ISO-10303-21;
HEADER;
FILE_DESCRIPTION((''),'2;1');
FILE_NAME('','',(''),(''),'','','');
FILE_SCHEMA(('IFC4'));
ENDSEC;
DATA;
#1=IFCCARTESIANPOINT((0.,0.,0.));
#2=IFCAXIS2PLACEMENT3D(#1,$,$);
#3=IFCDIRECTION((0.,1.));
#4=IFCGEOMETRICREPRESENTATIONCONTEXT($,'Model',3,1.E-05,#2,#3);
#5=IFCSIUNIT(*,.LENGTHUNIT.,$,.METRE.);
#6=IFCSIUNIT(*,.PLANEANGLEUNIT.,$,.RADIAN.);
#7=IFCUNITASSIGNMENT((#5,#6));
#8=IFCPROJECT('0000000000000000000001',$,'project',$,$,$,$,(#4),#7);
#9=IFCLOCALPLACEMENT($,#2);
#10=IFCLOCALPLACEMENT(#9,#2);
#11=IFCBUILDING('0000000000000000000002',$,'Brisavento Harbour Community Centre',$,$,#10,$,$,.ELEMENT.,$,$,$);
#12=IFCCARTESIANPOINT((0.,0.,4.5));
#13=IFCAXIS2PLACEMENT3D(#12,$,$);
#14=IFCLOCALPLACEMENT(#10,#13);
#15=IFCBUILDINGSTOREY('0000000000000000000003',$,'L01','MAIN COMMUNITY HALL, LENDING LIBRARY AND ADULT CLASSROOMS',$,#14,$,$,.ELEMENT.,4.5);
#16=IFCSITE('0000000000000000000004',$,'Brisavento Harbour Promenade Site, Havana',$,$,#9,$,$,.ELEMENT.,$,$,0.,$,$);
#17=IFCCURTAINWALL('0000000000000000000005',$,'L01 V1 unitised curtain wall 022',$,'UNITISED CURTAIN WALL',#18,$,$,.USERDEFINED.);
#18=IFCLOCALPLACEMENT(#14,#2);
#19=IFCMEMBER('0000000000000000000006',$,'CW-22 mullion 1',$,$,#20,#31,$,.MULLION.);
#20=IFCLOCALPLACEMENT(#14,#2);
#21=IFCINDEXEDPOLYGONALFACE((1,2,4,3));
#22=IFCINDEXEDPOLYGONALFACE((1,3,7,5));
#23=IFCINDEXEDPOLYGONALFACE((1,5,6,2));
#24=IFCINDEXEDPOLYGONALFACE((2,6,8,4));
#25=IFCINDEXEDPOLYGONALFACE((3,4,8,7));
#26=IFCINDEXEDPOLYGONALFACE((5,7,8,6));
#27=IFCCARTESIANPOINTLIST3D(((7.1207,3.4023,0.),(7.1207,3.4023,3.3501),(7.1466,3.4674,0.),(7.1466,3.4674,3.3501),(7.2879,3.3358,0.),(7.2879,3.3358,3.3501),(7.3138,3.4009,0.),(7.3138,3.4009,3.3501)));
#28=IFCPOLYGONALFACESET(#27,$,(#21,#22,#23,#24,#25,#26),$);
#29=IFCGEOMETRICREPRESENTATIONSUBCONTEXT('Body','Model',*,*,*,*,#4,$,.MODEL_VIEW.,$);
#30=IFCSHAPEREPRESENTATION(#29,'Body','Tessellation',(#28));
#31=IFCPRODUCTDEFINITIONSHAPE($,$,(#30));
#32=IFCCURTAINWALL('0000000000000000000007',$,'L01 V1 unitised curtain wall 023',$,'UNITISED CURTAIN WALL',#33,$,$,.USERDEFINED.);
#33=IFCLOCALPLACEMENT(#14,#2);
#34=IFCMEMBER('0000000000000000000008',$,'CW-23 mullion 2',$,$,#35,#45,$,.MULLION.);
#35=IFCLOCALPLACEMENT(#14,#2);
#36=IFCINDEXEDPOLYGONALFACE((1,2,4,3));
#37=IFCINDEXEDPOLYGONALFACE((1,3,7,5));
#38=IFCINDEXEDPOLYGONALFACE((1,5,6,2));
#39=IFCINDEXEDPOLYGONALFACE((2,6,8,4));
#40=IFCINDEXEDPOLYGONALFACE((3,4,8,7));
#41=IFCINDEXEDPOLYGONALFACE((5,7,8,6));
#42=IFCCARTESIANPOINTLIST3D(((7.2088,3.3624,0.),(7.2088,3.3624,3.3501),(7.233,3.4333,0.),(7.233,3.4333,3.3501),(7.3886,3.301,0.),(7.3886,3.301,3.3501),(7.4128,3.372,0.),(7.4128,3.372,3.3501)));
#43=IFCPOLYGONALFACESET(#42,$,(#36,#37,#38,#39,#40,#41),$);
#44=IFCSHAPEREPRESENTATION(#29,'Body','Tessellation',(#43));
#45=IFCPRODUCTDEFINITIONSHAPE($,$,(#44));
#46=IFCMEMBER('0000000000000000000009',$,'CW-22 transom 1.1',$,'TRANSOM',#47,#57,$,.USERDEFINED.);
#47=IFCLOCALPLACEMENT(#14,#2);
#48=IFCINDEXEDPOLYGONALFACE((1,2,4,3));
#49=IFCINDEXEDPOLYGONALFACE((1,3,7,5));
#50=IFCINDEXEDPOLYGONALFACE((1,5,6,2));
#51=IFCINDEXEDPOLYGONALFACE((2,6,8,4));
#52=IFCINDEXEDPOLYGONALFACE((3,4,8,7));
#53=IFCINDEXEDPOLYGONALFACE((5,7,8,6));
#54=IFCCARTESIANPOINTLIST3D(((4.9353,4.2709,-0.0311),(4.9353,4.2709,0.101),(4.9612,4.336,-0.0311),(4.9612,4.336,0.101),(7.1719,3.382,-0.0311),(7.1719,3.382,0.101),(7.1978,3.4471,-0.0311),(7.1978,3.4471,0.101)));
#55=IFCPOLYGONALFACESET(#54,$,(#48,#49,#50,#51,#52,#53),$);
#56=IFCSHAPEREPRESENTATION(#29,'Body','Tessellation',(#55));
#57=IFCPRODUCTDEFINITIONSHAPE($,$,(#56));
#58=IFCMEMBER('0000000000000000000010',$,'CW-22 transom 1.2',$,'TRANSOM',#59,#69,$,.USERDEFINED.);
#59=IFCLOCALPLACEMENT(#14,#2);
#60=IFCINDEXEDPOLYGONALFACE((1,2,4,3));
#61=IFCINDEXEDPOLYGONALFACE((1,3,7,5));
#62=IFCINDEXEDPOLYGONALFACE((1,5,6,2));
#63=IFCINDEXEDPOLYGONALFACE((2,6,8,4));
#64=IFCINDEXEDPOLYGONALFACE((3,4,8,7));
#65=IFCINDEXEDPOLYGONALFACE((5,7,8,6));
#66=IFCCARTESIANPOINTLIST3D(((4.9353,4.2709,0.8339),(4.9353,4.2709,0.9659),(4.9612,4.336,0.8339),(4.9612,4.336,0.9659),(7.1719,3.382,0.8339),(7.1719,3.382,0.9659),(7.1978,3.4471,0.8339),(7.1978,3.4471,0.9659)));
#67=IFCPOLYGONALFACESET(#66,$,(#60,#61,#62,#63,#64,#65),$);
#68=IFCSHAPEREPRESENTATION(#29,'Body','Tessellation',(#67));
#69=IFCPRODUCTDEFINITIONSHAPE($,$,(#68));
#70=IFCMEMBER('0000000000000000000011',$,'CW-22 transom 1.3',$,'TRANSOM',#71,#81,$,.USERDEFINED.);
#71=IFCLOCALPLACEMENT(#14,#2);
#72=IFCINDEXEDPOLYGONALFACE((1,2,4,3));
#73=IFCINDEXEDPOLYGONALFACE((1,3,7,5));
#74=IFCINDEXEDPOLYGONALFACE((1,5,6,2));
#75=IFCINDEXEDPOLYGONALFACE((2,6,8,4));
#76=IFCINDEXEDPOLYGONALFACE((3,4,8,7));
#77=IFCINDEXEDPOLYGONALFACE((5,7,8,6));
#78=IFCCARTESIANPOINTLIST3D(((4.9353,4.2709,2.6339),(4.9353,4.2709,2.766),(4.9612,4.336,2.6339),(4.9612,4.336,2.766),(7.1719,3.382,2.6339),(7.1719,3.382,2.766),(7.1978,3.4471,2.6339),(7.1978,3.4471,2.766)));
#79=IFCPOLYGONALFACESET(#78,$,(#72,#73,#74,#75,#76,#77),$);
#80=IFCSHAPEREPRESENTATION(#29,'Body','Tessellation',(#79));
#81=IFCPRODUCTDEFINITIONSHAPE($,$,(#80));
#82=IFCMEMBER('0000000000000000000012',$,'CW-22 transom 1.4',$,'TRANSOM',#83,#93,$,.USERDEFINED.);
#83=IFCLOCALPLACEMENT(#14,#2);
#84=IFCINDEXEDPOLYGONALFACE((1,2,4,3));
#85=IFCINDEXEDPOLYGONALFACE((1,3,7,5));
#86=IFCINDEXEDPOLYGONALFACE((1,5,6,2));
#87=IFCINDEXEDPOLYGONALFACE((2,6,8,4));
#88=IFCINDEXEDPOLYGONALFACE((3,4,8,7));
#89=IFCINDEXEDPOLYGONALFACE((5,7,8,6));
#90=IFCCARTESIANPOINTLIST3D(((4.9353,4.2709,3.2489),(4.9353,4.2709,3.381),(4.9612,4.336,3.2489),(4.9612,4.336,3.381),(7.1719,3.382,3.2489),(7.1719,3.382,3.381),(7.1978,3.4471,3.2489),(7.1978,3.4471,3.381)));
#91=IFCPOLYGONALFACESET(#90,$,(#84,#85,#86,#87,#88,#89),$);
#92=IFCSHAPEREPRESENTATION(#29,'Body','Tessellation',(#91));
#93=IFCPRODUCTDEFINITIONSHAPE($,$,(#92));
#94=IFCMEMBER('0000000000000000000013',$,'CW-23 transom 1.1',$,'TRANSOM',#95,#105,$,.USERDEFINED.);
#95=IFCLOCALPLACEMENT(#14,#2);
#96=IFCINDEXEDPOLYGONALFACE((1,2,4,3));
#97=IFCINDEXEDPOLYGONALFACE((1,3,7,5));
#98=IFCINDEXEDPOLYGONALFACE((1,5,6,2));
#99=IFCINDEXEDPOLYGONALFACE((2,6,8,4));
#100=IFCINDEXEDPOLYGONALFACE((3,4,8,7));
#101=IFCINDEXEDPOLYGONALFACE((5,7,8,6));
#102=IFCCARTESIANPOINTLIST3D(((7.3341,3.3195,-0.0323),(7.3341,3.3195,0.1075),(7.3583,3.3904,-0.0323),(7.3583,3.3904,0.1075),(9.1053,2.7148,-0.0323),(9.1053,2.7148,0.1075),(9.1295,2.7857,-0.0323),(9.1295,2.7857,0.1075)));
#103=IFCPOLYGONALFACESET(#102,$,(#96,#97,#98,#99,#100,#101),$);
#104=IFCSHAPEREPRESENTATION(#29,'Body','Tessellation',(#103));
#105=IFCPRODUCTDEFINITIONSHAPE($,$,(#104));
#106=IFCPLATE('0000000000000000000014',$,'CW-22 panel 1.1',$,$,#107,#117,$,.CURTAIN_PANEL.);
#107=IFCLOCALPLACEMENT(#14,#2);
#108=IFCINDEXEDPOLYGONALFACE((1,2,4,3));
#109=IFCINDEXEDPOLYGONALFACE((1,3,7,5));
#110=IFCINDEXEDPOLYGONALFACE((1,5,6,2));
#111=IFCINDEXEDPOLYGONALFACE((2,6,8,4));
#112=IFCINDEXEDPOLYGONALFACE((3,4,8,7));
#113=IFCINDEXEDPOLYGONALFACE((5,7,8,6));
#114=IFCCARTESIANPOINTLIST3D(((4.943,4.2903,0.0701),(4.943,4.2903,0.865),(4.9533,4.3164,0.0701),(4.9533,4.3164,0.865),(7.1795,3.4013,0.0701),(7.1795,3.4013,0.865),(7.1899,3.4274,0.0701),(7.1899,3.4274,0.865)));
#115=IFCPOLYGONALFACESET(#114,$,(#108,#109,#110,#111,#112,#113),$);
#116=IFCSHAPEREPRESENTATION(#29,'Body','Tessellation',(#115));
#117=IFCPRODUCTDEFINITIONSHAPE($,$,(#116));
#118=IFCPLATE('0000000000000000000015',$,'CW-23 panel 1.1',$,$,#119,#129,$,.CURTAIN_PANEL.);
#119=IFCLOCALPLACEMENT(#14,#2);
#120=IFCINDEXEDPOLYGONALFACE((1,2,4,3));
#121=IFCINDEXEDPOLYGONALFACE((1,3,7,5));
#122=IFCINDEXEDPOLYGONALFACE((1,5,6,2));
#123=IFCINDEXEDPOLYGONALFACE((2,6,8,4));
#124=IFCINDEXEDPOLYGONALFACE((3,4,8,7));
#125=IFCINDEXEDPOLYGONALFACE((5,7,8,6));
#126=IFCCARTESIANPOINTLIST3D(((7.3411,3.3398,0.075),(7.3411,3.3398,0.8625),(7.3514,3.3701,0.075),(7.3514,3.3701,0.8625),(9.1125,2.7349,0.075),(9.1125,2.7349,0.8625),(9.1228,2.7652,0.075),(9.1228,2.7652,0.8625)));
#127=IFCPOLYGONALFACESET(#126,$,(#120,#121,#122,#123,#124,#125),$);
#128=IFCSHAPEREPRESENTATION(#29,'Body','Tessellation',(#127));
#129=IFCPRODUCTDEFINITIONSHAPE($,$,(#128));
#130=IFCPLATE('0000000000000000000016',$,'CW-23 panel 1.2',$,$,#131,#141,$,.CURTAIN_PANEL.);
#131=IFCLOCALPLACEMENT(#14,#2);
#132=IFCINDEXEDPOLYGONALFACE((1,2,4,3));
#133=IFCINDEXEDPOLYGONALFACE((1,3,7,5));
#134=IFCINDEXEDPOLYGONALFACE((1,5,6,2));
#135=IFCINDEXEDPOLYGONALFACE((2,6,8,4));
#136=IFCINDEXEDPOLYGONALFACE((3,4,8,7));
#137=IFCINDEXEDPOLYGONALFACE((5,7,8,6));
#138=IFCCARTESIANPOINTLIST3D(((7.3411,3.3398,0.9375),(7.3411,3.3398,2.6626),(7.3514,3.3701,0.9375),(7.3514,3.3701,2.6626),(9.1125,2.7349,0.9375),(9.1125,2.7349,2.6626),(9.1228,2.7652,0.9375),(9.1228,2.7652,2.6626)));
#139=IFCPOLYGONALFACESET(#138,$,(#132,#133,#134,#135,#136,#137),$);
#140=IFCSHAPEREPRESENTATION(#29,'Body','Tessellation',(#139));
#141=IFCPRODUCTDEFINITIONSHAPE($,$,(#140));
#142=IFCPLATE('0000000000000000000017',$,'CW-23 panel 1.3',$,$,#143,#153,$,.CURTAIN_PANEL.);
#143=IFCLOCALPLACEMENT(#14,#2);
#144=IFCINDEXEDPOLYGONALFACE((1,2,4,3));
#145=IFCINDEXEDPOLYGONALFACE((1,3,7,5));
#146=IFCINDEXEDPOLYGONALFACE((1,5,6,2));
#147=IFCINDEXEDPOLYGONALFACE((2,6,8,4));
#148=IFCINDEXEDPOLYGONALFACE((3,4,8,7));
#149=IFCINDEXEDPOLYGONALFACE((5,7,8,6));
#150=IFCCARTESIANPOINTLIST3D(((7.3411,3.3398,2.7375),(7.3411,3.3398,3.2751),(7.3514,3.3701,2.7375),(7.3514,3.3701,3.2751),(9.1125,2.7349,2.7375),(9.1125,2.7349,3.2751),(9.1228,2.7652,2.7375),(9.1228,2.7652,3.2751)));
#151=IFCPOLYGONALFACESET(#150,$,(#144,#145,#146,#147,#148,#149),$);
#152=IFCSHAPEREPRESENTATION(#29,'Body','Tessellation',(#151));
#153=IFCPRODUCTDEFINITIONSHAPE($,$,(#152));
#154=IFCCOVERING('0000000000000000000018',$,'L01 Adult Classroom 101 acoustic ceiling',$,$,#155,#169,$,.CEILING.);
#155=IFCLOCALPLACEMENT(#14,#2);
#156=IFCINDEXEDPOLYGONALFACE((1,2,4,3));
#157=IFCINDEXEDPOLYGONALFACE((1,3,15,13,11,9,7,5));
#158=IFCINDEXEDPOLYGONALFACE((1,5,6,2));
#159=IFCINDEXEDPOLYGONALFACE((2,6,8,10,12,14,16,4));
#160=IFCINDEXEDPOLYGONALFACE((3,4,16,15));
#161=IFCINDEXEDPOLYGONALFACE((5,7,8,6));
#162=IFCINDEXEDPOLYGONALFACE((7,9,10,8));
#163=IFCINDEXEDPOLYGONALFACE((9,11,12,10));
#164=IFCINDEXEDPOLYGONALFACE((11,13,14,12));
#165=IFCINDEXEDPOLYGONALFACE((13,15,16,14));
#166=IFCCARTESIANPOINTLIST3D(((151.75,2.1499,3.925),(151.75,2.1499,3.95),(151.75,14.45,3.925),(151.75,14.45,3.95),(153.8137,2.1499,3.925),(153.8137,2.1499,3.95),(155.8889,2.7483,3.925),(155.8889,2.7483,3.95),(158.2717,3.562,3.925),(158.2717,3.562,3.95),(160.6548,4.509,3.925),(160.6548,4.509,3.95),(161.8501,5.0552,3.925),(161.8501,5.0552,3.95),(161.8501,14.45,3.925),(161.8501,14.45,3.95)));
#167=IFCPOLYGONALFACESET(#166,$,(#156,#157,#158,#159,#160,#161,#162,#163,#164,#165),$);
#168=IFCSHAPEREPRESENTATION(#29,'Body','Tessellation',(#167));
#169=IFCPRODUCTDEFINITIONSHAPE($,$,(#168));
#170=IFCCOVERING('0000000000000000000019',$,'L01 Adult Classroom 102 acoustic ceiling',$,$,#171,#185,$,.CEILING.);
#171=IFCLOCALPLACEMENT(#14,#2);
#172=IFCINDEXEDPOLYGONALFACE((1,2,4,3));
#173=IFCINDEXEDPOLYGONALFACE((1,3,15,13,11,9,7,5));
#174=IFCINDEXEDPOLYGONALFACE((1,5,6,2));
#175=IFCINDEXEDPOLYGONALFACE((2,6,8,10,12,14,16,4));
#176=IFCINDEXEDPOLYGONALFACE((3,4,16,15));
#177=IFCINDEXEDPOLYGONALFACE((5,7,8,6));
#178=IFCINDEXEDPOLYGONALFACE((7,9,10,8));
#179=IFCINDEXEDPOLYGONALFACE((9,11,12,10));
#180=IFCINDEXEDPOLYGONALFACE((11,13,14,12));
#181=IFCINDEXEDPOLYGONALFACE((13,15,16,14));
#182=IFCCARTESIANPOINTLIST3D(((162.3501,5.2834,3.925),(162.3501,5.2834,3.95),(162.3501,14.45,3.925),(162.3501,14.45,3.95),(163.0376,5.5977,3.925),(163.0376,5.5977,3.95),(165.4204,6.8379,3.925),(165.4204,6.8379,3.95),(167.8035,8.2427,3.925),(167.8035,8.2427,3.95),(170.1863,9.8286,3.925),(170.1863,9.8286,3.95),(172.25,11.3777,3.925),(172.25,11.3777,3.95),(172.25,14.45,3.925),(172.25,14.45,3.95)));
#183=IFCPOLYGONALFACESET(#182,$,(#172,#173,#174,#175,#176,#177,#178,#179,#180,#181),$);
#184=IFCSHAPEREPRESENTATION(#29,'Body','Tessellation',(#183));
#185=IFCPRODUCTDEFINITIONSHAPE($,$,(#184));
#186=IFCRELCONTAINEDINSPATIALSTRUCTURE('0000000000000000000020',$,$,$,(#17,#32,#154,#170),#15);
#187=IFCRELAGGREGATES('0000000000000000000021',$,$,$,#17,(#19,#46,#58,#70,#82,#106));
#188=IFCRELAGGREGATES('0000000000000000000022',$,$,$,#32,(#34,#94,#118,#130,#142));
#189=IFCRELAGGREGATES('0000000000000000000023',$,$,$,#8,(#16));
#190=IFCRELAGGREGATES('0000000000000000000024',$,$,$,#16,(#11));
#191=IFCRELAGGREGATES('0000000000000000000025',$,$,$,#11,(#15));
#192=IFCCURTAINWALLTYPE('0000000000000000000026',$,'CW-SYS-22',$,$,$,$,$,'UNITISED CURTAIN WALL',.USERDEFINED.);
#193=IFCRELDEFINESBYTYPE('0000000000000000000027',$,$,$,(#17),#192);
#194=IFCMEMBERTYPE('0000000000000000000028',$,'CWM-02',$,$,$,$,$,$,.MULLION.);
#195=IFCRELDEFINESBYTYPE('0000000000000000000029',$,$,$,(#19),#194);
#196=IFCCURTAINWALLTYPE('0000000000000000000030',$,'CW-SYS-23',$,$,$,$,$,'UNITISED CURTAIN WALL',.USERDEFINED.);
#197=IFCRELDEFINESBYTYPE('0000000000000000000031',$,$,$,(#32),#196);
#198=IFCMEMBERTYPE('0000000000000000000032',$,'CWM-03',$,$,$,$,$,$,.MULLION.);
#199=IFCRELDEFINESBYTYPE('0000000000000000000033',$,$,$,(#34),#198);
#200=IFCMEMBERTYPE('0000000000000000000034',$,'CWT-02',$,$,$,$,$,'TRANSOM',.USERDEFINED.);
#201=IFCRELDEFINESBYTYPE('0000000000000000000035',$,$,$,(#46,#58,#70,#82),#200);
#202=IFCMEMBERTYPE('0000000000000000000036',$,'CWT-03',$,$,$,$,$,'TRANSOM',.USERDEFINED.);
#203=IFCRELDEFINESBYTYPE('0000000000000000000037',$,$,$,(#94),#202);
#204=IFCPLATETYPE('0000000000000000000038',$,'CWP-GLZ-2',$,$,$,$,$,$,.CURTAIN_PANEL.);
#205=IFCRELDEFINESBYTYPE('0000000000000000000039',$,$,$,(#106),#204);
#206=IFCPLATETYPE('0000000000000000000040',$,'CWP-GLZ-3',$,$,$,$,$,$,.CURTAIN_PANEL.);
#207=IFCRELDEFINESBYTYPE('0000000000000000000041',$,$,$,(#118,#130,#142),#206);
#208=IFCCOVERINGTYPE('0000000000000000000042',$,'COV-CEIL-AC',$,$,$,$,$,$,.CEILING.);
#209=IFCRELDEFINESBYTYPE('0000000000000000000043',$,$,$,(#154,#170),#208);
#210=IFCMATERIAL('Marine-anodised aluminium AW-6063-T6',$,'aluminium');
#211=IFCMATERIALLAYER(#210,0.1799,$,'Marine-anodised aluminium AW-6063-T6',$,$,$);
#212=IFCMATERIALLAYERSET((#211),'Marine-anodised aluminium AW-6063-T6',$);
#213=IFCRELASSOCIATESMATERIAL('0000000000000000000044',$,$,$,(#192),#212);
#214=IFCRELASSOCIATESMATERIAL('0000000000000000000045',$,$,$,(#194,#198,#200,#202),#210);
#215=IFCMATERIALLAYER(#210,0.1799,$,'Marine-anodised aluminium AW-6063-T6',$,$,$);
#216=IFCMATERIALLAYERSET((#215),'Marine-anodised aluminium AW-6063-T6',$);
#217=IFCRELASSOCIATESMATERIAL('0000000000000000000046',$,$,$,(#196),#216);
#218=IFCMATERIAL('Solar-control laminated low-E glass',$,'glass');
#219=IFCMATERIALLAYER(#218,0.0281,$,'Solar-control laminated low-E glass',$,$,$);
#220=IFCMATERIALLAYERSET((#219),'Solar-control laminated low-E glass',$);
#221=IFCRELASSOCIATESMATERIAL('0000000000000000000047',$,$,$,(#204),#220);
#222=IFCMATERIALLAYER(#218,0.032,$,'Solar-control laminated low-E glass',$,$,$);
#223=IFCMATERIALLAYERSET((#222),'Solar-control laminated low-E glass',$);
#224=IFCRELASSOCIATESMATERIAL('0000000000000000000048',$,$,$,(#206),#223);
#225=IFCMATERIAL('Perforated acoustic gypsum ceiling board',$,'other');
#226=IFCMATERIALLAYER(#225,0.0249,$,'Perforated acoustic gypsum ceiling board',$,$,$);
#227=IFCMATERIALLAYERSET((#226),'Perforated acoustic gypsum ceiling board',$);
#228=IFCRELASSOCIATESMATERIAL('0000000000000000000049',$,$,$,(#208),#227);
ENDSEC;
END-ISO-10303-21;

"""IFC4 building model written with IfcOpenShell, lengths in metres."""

from ifc_helpers import new_model, si_unit, direction, frame, origin, origin_2d, place, context, subcontext, project, spatial, polyline, rectangle, outline, extrude, material, layer, layer_set, material_profile, profile_set, type_object, element, aggregate, save


model = new_model("IFC4")

# Units and contexts
model_context = context("Model", 3, precision=1e-05, world=origin(), true_north=direction((0.0, 1.0)))
body_context = subcontext(model_context, "Body", "Model", "MODEL_VIEW")
ifc_project = project(units=[si_unit("LENGTHUNIT", "METRE"), si_unit("PLANEANGLEUNIT", "RADIAN")], contexts=[model_context])

# Site, building, storey
site_placement = place(None, origin())
site = spatial("IfcSite", under=ifc_project, at=site_placement, Name="Brisavento Harbour Promenade Site, Havana", CompositionType="ELEMENT", RefElevation=0.0)
building_placement = place(site_placement, origin())
building = spatial("IfcBuilding", under=site, at=building_placement, Name="Brisavento Harbour Community Centre", CompositionType="ELEMENT")
storey_placement = place(building_placement, frame((0.0, 0.0, 4.5)))
storey = spatial("IfcBuildingStorey", under=building, at=storey_placement, Name="L01", Description="MAIN COMMUNITY HALL, LENDING LIBRARY AND ADULT CLASSROOMS", CompositionType="ELEMENT", Elevation=4.5)

# Curtain walls, members
ifc_material_1 = material(Name="Marine-anodised aluminium AW-6063-T6", Category="aluminium")
ifc_layer_1 = layer(ifc_material_1, 0.1799, Name="Marine-anodised aluminium AW-6063-T6")
ifc_layer_set_1 = layer_set([ifc_layer_1], Name="Marine-anodised aluminium AW-6063-T6")
curtain_wall_type_1 = type_object("IfcCurtainWallType", Name="CW-SYS-22", ElementType="UNITISED CURTAIN WALL", PredefinedType="USERDEFINED", material=ifc_layer_set_1)
curtain_wall_1_placement = place(storey_placement, origin())
curtain_wall_1 = element("IfcCurtainWall", 1, at=curtain_wall_1_placement, inside=storey, type_object=curtain_wall_type_1, Name="L01 V1 unitised curtain wall 022", ObjectType="UNITISED CURTAIN WALL", PredefinedType="USERDEFINED")
ifc_material_profile_1 = material_profile(ifc_material_1, rectangle(XDim=0.0701, YDim=0.1799, at=origin_2d()), Name="Marine-anodised aluminium AW-6063-T6")
ifc_profile_set_1 = profile_set([ifc_material_profile_1], Name="Marine-anodised aluminium AW-6063-T6")
member_type_1 = type_object("IfcMemberType", Name="CWM-02", PredefinedType="MULLION", material=ifc_profile_set_1)
member_1_placement = place(storey_placement, frame((7.2173, 3.4016, 0.0), z_axis=(0.0, 0.0, 1.0), x_axis=(-0.369379, -0.929279, 0.0)))
member_1 = element("IfcMember", 2, at=member_1_placement, type_object=member_type_1, Name="CW-22 mullion 1", PredefinedType="MULLION", context=body_context, shape_type="SweptSolid", body=[
    extrude(rectangle(XDim=0.0701, YDim=0.1799, at=origin_2d()), origin(), (0.0, 0.0, 1.0), 3.3501),
])
ifc_layer_2 = layer(ifc_material_1, 0.1799, Name="Marine-anodised aluminium AW-6063-T6")
ifc_layer_set_2 = layer_set([ifc_layer_2], Name="Marine-anodised aluminium AW-6063-T6")
curtain_wall_type_2 = type_object("IfcCurtainWallType", Name="CW-SYS-23", ElementType="UNITISED CURTAIN WALL", PredefinedType="USERDEFINED", material=ifc_layer_set_2)
curtain_wall_2_placement = place(storey_placement, origin())
curtain_wall_2 = element("IfcCurtainWall", 3, at=curtain_wall_2_placement, inside=storey, type_object=curtain_wall_type_2, Name="L01 V1 unitised curtain wall 023", ObjectType="UNITISED CURTAIN WALL", PredefinedType="USERDEFINED")
ifc_material_profile_2 = material_profile(ifc_material_1, rectangle(XDim=0.075, YDim=0.1899, at=origin_2d()), Name="Marine-anodised aluminium AW-6063-T6")
ifc_profile_set_2 = profile_set([ifc_material_profile_2], Name="Marine-anodised aluminium AW-6063-T6")
member_type_2 = type_object("IfcMemberType", Name="CWM-03", PredefinedType="MULLION", material=ifc_profile_set_2)
member_2_placement = place(storey_placement, frame((7.3108, 3.3672, 0.0), z_axis=(0.0, 0.0, 1.0), x_axis=(-0.323178, -0.946338, 0.0)))
member_2 = element("IfcMember", 4, at=member_2_placement, type_object=member_type_2, Name="CW-23 mullion 2", PredefinedType="MULLION", context=body_context, shape_type="SweptSolid", body=[
    extrude(rectangle(XDim=0.075, YDim=0.1899, at=origin_2d()), origin(), (0.0, 0.0, 1.0), 3.3501),
])

# Members
ifc_material_profile_3 = material_profile(ifc_material_1, rectangle(XDim=0.0701, YDim=0.1321, at=origin_2d()), Name="Marine-anodised aluminium AW-6063-T6")
ifc_profile_set_3 = profile_set([ifc_material_profile_3], Name="Marine-anodised aluminium AW-6063-T6")
member_type_3 = type_object("IfcMemberType", Name="CWT-02", ElementType="TRANSOM", PredefinedType="USERDEFINED", material=ifc_profile_set_3)
member_3_placement = place(storey_placement, frame((7.1848, 3.4146, 0.0349), z_axis=(-0.929293, 0.369343, 0.0), x_axis=(-0.369343, -0.929293, 0.0)))
member_3 = element("IfcMember", 5, at=member_3_placement, type_object=member_type_3, Name="CW-22 transom 1.1", ObjectType="TRANSOM", PredefinedType="USERDEFINED", context=body_context, shape_type="SweptSolid", body=[
    extrude(rectangle(XDim=0.0701, YDim=0.1321, at=origin_2d()), origin(), (0.0, 0.0, 1.0), 2.4067),
])
member_4_placement = place(storey_placement, frame((7.1848, 3.4146, 0.8999), z_axis=(-0.929293, 0.369343, 0.0), x_axis=(-0.369343, -0.929293, 0.0)))
member_4 = element("IfcMember", 6, at=member_4_placement, type_object=member_type_3, Name="CW-22 transom 1.2", ObjectType="TRANSOM", PredefinedType="USERDEFINED", context=body_context, shape_type="SweptSolid", body=[
    extrude(rectangle(XDim=0.0701, YDim=0.1321, at=origin_2d()), origin(), (0.0, 0.0, 1.0), 2.4067),
])
member_5_placement = place(storey_placement, frame((7.1848, 3.4146, 2.7), z_axis=(-0.929293, 0.369343, 0.0), x_axis=(-0.369343, -0.929293, 0.0)))
member_5 = element("IfcMember", 7, at=member_5_placement, type_object=member_type_3, Name="CW-22 transom 1.3", ObjectType="TRANSOM", PredefinedType="USERDEFINED", context=body_context, shape_type="SweptSolid", body=[
    extrude(rectangle(XDim=0.0701, YDim=0.1321, at=origin_2d()), origin(), (0.0, 0.0, 1.0), 2.4067),
])
member_6_placement = place(storey_placement, frame((7.1848, 3.4146, 3.3149), z_axis=(-0.929293, 0.369343, 0.0), x_axis=(-0.369343, -0.929293, 0.0)))
member_6 = element("IfcMember", 8, at=member_6_placement, type_object=member_type_3, Name="CW-22 transom 1.4", ObjectType="TRANSOM", PredefinedType="USERDEFINED", context=body_context, shape_type="SweptSolid", body=[
    extrude(rectangle(XDim=0.0701, YDim=0.1321, at=origin_2d()), origin(), (0.0, 0.0, 1.0), 2.4067),
])
ifc_material_profile_4 = material_profile(ifc_material_1, rectangle(XDim=0.075, YDim=0.1399, at=origin_2d()), Name="Marine-anodised aluminium AW-6063-T6")
ifc_profile_set_4 = profile_set([ifc_material_profile_4], Name="Marine-anodised aluminium AW-6063-T6")
member_type_4 = type_object("IfcMemberType", Name="CWT-03", ElementType="TRANSOM", PredefinedType="USERDEFINED", material=ifc_profile_set_4)
member_7_placement = place(storey_placement, frame((9.1174, 2.7502, 0.0376), z_axis=(-0.946363, 0.323107, 0.0), x_axis=(-0.323107, -0.946363, 0.0)))
member_7 = element("IfcMember", 9, at=member_7_placement, type_object=member_type_4, Name="CW-23 transom 1.1", ObjectType="TRANSOM", PredefinedType="USERDEFINED", context=body_context, shape_type="SweptSolid", body=[
    extrude(rectangle(XDim=0.075, YDim=0.1399, at=origin_2d()), origin(), (0.0, 0.0, 1.0), 1.8716),
])

# Plates
ifc_material_2 = material(Name="Solar-control laminated low-E glass", Category="glass")
ifc_layer_3 = layer(ifc_material_2, 0.0281, Name="Solar-control laminated low-E glass")
ifc_layer_set_3 = layer_set([ifc_layer_3], Name="Solar-control laminated low-E glass")
plate_type_1 = type_object("IfcPlateType", Name="CWP-GLZ-2", PredefinedType="CURTAIN_PANEL", material=ifc_layer_set_3)
plate_1_placement = place(storey_placement, frame((6.0664, 3.8589, 0.0701), z_axis=(0.0, 0.0, 1.0), x_axis=(-0.929279, 0.369379, 0.0)))
plate_1 = element("IfcPlate", 10, at=plate_1_placement, type_object=plate_type_1, Name="CW-22 panel 1.1", PredefinedType="CURTAIN_PANEL", context=body_context, shape_type="SweptSolid", body=[
    extrude(rectangle(XDim=2.4067, YDim=0.0281, at=origin_2d()), origin(), (0.0, 0.0, 1.0), 0.7949),
])
aggregate(curtain_wall_1, [member_1, member_3, member_4, member_5, member_6, plate_1])
ifc_layer_4 = layer(ifc_material_2, 0.032, Name="Solar-control laminated low-E glass")
ifc_layer_set_4 = layer_set([ifc_layer_4], Name="Solar-control laminated low-E glass")
plate_type_2 = type_object("IfcPlateType", Name="CWP-GLZ-3", PredefinedType="CURTAIN_PANEL", material=ifc_layer_set_4)
plate_2_placement = place(storey_placement, frame((8.2319, 3.0525, 0.075), z_axis=(0.0, 0.0, 1.0), x_axis=(-0.946338, 0.323178, 0.0)))
plate_2 = element("IfcPlate", 11, at=plate_2_placement, type_object=plate_type_2, Name="CW-23 panel 1.1", PredefinedType="CURTAIN_PANEL", context=body_context, shape_type="SweptSolid", body=[
    extrude(rectangle(XDim=1.8718, YDim=0.032, at=origin_2d()), origin(), (0.0, 0.0, 1.0), 0.7876),
])
plate_3_placement = place(storey_placement, frame((8.2319, 3.0525, 0.9375), z_axis=(0.0, 0.0, 1.0), x_axis=(-0.946338, 0.323178, 0.0)))
plate_3 = element("IfcPlate", 12, at=plate_3_placement, type_object=plate_type_2, Name="CW-23 panel 1.2", PredefinedType="CURTAIN_PANEL", context=body_context, shape_type="SweptSolid", body=[
    extrude(rectangle(XDim=1.8718, YDim=0.032, at=origin_2d()), origin(), (0.0, 0.0, 1.0), 1.7251),
])
plate_4_placement = place(storey_placement, frame((8.2319, 3.0525, 2.7375), z_axis=(0.0, 0.0, 1.0), x_axis=(-0.946338, 0.323178, 0.0)))
plate_4 = element("IfcPlate", 13, at=plate_4_placement, type_object=plate_type_2, Name="CW-23 panel 1.3", PredefinedType="CURTAIN_PANEL", context=body_context, shape_type="SweptSolid", body=[
    extrude(rectangle(XDim=1.8718, YDim=0.032, at=origin_2d()), origin(), (0.0, 0.0, 1.0), 0.5376),
])
aggregate(curtain_wall_2, [member_2, member_7, plate_2, plate_3, plate_4])

# Coverings
ifc_material_3 = material(Name="Perforated acoustic gypsum ceiling board", Category="other")
ifc_layer_5 = layer(ifc_material_3, 0.0249, Name="Perforated acoustic gypsum ceiling board")
ifc_layer_set_5 = layer_set([ifc_layer_5], Name="Perforated acoustic gypsum ceiling board")
covering_type_1 = type_object("IfcCoveringType", Name="COV-CEIL-AC", PredefinedType="CEILING", material=ifc_layer_set_5)
covering_1_placement = place(storey_placement, frame((0.0, 0.0, 3.925)))
element("IfcCovering", 14, at=covering_1_placement, inside=storey, type_object=covering_type_1, Name="L01 Adult Classroom 101 acoustic ceiling", PredefinedType="CEILING", context=body_context, shape_type="SweptSolid", body=[
    extrude(outline(polyline([(151.75, 2.1499), (153.8137, 2.1499), (155.8889, 2.7483), (158.2717, 3.562), (160.6548, 4.509), (161.8501, 5.0552), (161.8501, 14.45), (151.75, 14.45), (151.75, 2.1499)])), origin(), (0.0, 0.0, 1.0), 0.0249),
])
covering_2_placement = place(storey_placement, frame((0.0, 0.0, 3.925)))
element("IfcCovering", 15, at=covering_2_placement, inside=storey, type_object=covering_type_1, Name="L01 Adult Classroom 102 acoustic ceiling", PredefinedType="CEILING", context=body_context, shape_type="SweptSolid", body=[
    extrude(outline(polyline([(162.3501, 14.45), (162.3501, 5.2834), (163.0376, 5.5977), (165.4204, 6.8379), (167.8035, 8.2427), (170.1863, 9.8286), (172.25, 11.3777), (172.25, 14.45), (162.3501, 14.45)])), origin(), (0.0, 0.0, 1.0), 0.0249),
])

save(model, "model.ifc")
